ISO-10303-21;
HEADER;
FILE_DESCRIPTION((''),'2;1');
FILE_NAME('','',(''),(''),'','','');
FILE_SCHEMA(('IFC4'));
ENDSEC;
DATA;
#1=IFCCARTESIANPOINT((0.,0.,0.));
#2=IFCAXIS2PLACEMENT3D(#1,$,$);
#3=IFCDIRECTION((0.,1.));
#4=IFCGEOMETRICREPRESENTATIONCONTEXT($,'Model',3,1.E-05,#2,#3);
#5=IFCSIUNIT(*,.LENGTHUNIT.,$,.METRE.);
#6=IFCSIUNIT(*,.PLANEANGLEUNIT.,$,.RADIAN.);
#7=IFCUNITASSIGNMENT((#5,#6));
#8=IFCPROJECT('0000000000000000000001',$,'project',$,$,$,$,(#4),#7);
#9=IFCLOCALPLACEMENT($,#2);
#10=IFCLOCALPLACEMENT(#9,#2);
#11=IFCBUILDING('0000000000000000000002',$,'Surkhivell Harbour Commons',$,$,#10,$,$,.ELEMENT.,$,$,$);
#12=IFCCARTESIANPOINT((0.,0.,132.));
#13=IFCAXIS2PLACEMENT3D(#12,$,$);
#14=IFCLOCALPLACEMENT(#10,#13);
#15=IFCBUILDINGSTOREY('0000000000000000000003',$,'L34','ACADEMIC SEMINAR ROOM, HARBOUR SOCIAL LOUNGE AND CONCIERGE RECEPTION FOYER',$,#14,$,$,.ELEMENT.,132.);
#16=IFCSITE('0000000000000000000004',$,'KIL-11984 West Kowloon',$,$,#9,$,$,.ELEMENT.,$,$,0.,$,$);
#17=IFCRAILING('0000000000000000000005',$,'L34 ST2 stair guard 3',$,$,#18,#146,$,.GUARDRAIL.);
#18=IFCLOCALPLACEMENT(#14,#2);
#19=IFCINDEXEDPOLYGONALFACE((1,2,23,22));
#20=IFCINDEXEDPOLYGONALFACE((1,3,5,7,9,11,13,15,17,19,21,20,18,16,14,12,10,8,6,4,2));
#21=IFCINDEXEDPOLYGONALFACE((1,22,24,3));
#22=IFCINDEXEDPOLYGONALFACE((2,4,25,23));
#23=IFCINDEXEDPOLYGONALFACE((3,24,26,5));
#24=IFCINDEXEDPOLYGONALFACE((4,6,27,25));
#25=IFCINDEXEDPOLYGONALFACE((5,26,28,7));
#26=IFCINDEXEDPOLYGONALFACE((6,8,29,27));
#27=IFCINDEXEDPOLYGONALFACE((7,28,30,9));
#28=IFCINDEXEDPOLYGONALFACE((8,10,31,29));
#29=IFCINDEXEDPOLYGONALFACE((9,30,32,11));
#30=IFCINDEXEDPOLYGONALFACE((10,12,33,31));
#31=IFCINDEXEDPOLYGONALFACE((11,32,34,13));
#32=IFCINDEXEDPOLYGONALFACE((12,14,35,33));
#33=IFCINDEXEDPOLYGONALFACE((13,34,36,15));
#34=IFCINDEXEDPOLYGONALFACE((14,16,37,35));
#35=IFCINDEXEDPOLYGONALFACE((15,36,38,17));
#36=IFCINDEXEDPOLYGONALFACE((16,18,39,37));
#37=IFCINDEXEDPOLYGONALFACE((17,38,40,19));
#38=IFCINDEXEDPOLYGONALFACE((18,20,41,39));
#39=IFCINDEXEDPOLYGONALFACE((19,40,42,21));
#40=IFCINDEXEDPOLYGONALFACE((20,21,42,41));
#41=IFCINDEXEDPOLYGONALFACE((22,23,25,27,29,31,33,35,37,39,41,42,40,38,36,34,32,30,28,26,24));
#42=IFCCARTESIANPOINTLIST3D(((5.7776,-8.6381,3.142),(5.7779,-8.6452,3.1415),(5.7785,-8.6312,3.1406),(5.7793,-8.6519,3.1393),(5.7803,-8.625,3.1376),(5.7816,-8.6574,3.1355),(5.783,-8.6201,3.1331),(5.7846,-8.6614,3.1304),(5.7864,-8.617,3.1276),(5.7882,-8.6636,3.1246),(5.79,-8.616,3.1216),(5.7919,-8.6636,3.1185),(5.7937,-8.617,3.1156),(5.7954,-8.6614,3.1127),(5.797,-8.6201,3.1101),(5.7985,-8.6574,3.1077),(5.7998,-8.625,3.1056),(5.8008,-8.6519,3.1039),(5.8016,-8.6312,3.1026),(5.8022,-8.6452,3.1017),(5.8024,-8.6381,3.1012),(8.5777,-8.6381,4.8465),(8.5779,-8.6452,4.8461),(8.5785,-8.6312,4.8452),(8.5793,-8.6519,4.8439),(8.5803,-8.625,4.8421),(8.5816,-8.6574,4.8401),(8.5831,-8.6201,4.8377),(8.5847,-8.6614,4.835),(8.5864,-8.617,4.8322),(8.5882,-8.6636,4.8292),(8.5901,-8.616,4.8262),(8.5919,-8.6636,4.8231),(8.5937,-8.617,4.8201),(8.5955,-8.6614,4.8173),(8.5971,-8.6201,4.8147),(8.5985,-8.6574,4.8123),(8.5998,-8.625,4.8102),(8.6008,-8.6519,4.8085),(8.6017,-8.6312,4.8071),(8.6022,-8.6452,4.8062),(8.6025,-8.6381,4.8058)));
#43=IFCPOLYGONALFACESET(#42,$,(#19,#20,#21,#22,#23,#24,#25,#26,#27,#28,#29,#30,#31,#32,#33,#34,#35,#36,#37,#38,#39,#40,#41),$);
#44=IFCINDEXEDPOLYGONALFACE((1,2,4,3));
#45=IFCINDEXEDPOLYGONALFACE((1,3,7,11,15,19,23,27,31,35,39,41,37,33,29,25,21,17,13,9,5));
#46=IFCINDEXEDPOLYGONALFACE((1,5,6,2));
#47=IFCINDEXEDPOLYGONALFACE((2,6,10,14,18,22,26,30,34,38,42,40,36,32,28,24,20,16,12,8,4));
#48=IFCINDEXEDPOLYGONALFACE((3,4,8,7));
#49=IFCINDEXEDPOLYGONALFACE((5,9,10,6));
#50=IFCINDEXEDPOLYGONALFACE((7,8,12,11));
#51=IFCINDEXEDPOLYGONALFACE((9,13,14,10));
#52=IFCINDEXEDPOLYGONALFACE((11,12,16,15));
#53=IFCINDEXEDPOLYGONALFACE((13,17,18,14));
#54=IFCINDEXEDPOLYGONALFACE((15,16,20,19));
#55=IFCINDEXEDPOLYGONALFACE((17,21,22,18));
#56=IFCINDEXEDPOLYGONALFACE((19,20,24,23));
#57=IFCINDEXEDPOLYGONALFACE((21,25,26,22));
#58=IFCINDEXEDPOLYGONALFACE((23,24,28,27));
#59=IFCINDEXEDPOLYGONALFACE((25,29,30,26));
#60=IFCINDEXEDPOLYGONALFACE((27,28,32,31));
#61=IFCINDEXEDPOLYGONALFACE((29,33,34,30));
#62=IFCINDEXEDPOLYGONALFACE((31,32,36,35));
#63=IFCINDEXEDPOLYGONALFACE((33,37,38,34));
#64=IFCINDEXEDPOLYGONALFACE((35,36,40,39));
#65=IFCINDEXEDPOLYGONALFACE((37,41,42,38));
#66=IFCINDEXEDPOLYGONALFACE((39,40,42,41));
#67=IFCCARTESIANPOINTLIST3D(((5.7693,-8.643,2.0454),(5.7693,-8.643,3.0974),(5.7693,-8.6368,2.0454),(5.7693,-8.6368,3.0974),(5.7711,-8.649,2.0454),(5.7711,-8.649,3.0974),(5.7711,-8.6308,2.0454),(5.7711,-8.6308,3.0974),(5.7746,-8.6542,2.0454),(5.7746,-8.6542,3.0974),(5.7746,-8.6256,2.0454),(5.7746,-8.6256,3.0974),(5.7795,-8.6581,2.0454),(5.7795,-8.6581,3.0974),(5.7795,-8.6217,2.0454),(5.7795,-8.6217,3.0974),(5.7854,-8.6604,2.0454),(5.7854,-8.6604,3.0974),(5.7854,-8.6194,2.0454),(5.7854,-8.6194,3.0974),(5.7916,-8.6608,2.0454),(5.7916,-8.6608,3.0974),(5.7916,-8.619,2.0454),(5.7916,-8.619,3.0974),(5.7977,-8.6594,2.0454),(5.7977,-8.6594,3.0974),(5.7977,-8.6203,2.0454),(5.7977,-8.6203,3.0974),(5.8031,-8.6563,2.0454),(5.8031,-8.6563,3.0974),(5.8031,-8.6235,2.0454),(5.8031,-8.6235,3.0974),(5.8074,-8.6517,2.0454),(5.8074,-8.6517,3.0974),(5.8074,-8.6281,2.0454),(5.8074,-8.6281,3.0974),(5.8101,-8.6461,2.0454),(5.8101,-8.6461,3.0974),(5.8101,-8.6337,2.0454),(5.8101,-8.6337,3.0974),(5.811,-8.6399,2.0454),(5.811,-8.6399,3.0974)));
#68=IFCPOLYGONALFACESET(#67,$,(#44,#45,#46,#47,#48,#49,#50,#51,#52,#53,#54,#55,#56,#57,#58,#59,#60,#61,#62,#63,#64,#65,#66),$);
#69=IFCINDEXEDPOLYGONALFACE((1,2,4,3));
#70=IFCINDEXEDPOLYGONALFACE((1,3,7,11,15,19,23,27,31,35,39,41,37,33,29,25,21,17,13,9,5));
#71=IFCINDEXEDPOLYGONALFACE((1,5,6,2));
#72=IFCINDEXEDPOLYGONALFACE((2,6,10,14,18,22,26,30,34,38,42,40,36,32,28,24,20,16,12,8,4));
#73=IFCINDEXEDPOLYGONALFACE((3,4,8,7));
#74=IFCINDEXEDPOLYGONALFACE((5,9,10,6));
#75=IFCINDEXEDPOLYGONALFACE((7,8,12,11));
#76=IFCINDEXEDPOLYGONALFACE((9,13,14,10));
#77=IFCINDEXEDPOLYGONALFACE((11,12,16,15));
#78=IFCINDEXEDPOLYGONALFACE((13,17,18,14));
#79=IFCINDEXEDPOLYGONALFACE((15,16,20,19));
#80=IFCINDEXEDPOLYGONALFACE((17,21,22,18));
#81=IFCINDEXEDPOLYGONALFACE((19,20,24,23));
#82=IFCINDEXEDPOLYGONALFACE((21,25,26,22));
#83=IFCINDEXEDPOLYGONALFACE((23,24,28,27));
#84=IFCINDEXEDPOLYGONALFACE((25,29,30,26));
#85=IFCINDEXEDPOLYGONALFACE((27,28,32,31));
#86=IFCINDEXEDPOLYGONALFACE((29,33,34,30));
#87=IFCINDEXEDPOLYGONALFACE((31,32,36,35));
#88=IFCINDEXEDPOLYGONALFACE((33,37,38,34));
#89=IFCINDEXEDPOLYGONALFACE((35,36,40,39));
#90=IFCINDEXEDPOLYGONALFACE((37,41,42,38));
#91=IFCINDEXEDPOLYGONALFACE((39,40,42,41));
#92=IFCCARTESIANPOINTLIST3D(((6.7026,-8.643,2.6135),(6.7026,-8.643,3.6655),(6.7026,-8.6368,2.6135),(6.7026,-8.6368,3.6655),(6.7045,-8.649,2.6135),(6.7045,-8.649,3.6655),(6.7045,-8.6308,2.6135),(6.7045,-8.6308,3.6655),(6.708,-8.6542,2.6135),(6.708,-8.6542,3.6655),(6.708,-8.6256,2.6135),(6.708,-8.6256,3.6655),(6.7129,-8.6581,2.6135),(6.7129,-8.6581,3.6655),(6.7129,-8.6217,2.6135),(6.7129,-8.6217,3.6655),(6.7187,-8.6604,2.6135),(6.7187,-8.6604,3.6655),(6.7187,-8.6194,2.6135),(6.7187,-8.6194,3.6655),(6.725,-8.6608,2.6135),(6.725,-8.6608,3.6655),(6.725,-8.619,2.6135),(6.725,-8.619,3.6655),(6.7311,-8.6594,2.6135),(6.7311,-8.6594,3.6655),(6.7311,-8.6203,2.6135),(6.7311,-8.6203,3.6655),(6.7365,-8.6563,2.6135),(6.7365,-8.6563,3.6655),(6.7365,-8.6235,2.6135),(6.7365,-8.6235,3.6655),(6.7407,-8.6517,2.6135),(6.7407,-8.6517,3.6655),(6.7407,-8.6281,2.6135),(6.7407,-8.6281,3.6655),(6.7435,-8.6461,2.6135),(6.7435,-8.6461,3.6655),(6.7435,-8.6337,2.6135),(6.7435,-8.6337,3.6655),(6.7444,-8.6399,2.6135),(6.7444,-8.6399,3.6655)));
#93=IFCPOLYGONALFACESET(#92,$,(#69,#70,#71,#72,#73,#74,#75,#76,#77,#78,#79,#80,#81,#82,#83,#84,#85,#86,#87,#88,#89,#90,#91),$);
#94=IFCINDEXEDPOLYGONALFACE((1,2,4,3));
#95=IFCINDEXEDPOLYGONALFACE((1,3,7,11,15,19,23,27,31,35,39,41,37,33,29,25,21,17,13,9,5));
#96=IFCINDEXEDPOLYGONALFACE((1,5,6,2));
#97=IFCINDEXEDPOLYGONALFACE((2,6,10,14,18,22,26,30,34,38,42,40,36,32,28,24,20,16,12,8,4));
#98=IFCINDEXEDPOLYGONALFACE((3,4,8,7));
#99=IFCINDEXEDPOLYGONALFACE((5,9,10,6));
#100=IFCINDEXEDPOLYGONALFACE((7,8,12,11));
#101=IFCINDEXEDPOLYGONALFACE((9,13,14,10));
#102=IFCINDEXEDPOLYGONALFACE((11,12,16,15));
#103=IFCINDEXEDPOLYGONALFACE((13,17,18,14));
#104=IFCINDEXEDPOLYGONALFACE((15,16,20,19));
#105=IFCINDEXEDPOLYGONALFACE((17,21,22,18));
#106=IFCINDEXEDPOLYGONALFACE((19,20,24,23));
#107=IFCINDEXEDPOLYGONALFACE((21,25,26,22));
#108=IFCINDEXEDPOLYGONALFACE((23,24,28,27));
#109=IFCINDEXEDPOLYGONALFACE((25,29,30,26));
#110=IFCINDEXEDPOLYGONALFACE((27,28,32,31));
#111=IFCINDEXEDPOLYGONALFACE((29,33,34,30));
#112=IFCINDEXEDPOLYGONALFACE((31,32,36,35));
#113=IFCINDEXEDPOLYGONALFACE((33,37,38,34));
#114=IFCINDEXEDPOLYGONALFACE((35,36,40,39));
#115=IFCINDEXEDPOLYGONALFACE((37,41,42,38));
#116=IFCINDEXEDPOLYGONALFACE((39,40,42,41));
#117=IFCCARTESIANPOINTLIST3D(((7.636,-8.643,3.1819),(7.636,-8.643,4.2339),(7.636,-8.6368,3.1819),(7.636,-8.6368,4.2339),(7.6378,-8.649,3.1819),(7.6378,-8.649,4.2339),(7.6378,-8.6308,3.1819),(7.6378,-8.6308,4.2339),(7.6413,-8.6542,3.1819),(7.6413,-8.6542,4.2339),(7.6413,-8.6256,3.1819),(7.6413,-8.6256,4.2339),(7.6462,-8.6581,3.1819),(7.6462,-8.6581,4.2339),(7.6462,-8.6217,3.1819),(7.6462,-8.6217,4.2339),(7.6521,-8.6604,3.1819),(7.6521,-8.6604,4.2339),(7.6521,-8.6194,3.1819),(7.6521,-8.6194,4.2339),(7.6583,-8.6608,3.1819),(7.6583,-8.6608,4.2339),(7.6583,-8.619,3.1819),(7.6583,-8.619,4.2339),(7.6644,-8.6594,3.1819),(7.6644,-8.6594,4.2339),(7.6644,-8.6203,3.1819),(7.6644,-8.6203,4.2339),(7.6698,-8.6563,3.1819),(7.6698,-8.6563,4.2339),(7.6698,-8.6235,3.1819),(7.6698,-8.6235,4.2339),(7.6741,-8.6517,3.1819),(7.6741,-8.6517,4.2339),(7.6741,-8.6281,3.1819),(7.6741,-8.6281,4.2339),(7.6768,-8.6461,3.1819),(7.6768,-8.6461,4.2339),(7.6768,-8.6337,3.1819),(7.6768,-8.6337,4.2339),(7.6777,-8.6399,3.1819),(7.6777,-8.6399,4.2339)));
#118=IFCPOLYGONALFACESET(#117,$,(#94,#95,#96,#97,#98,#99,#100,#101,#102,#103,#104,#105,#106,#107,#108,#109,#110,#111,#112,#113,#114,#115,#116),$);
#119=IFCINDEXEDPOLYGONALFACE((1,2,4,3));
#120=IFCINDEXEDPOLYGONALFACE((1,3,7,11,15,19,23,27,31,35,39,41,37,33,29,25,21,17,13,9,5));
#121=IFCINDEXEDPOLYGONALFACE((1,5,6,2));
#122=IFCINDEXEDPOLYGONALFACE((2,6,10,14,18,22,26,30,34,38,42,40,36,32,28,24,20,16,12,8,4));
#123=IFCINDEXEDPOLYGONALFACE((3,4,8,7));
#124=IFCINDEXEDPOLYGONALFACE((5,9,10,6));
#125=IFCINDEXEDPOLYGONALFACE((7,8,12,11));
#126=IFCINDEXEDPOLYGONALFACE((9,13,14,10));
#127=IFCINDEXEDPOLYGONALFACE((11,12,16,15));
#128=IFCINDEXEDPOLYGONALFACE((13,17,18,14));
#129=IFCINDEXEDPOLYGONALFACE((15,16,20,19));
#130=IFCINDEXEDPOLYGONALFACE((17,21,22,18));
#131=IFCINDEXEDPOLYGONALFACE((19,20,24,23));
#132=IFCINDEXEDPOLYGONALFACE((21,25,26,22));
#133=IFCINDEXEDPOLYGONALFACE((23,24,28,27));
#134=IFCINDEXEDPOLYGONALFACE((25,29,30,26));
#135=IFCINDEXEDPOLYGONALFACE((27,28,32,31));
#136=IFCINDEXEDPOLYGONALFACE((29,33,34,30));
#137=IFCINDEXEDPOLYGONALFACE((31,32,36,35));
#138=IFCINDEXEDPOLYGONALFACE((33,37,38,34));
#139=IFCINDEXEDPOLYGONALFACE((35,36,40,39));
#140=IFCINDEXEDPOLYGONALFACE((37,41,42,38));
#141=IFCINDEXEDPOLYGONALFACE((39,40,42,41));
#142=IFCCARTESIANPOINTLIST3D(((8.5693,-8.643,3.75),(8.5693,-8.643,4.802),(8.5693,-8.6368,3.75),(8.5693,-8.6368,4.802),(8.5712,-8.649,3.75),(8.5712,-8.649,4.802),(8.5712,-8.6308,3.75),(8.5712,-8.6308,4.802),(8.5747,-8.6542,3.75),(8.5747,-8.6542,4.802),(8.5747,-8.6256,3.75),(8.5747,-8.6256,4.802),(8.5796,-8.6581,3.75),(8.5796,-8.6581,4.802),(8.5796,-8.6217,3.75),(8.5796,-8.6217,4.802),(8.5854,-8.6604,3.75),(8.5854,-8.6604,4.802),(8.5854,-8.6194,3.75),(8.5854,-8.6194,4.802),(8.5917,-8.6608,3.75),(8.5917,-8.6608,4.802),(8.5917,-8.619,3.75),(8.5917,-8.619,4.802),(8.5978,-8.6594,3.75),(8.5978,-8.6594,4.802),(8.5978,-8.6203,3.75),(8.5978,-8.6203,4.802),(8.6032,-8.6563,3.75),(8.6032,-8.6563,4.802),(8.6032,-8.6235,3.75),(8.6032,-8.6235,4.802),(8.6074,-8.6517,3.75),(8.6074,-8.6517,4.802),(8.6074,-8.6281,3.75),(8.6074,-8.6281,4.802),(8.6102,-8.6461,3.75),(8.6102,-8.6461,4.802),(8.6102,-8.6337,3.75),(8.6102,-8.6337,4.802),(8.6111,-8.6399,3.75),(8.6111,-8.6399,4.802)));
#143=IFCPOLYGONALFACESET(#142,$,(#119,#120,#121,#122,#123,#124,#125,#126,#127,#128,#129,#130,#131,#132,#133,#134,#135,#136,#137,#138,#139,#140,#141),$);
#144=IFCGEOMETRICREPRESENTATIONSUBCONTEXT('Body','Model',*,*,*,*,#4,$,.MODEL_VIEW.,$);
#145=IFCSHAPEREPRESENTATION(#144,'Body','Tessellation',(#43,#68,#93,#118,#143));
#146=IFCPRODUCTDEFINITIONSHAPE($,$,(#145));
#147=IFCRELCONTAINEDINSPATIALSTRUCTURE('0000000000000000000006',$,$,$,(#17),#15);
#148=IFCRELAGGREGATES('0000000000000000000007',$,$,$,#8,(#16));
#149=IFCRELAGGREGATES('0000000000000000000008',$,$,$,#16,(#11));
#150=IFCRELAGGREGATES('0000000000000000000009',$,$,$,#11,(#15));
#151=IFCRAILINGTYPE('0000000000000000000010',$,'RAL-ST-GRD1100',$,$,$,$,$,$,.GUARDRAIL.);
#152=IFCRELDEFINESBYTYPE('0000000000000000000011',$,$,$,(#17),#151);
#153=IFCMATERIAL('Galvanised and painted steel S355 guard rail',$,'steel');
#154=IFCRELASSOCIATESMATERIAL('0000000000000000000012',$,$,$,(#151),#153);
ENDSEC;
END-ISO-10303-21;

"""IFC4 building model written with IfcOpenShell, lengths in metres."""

from ifc_helpers import new_model, si_unit, direction, frame, origin, origin_2d, place, context, subcontext, project, spatial, circle, extrude, material, type_object, element, save


model = new_model("IFC4")

# Units and contexts
model_context = context("Model", 3, precision=1e-05, world=origin(), true_north=direction((0.0, 1.0)))
body_context = subcontext(model_context, "Body", "Model", "MODEL_VIEW")
ifc_project = project(units=[si_unit("LENGTHUNIT", "METRE"), si_unit("PLANEANGLEUNIT", "RADIAN")], contexts=[model_context])

# Site, building, storey
site_placement = place(None, origin())
site = spatial("IfcSite", under=ifc_project, at=site_placement, Name="KIL-11984 West Kowloon", CompositionType="ELEMENT", RefElevation=0.0)
building_placement = place(site_placement, origin())
building = spatial("IfcBuilding", under=site, at=building_placement, Name="Surkhivell Harbour Commons", CompositionType="ELEMENT")
storey_placement = place(building_placement, frame((0.0, 0.0, 132.0)))
storey = spatial("IfcBuildingStorey", under=building, at=storey_placement, Name="L34", Description="ACADEMIC SEMINAR ROOM, HARBOUR SOCIAL LOUNGE AND CONCIERGE RECEPTION FOYER", CompositionType="ELEMENT", Elevation=132.0)

# Railing
ifc_material_1 = material(Name="Galvanised and painted steel S355 guard rail", Category="steel")
railing_type_1 = type_object("IfcRailingType", Name="RAL-ST-GRD1100", PredefinedType="GUARDRAIL", material=ifc_material_1)
railing_1_placement = place(storey_placement, frame((5.79, -8.6399, 2.0454)))
element("IfcRailing", 1, at=railing_1_placement, inside=storey, type_object=railing_type_1, Name="L34 ST2 stair guard 3", PredefinedType="GUARDRAIL", context=body_context, shape_type="SweptSolid", body=[
    extrude(circle(Radius=0.0239, at=origin_2d()), frame((0.0, 0.0, 1.0762), z_axis=(0.85417, 0.0, 0.519994), x_axis=(0.0, 1.0, 0.0)), (0.0, 0.0, 1.0), 3.2781),
    extrude(circle(Radius=0.021, at=origin_2d()), origin(), (0.0, 0.0, 1.0), 1.052),
    extrude(circle(Radius=0.021, at=origin_2d()), frame((0.9333, 0.0, 0.5681)), (0.0, 0.0, 1.0), 1.052),
    extrude(circle(Radius=0.021, at=origin_2d()), frame((1.8667, 0.0, 1.1365)), (0.0, 0.0, 1.0), 1.052),
    extrude(circle(Radius=0.021, at=origin_2d()), frame((2.8, 0.0, 1.7046)), (0.0, 0.0, 1.0), 1.052),
])

save(model, "model.ifc")
